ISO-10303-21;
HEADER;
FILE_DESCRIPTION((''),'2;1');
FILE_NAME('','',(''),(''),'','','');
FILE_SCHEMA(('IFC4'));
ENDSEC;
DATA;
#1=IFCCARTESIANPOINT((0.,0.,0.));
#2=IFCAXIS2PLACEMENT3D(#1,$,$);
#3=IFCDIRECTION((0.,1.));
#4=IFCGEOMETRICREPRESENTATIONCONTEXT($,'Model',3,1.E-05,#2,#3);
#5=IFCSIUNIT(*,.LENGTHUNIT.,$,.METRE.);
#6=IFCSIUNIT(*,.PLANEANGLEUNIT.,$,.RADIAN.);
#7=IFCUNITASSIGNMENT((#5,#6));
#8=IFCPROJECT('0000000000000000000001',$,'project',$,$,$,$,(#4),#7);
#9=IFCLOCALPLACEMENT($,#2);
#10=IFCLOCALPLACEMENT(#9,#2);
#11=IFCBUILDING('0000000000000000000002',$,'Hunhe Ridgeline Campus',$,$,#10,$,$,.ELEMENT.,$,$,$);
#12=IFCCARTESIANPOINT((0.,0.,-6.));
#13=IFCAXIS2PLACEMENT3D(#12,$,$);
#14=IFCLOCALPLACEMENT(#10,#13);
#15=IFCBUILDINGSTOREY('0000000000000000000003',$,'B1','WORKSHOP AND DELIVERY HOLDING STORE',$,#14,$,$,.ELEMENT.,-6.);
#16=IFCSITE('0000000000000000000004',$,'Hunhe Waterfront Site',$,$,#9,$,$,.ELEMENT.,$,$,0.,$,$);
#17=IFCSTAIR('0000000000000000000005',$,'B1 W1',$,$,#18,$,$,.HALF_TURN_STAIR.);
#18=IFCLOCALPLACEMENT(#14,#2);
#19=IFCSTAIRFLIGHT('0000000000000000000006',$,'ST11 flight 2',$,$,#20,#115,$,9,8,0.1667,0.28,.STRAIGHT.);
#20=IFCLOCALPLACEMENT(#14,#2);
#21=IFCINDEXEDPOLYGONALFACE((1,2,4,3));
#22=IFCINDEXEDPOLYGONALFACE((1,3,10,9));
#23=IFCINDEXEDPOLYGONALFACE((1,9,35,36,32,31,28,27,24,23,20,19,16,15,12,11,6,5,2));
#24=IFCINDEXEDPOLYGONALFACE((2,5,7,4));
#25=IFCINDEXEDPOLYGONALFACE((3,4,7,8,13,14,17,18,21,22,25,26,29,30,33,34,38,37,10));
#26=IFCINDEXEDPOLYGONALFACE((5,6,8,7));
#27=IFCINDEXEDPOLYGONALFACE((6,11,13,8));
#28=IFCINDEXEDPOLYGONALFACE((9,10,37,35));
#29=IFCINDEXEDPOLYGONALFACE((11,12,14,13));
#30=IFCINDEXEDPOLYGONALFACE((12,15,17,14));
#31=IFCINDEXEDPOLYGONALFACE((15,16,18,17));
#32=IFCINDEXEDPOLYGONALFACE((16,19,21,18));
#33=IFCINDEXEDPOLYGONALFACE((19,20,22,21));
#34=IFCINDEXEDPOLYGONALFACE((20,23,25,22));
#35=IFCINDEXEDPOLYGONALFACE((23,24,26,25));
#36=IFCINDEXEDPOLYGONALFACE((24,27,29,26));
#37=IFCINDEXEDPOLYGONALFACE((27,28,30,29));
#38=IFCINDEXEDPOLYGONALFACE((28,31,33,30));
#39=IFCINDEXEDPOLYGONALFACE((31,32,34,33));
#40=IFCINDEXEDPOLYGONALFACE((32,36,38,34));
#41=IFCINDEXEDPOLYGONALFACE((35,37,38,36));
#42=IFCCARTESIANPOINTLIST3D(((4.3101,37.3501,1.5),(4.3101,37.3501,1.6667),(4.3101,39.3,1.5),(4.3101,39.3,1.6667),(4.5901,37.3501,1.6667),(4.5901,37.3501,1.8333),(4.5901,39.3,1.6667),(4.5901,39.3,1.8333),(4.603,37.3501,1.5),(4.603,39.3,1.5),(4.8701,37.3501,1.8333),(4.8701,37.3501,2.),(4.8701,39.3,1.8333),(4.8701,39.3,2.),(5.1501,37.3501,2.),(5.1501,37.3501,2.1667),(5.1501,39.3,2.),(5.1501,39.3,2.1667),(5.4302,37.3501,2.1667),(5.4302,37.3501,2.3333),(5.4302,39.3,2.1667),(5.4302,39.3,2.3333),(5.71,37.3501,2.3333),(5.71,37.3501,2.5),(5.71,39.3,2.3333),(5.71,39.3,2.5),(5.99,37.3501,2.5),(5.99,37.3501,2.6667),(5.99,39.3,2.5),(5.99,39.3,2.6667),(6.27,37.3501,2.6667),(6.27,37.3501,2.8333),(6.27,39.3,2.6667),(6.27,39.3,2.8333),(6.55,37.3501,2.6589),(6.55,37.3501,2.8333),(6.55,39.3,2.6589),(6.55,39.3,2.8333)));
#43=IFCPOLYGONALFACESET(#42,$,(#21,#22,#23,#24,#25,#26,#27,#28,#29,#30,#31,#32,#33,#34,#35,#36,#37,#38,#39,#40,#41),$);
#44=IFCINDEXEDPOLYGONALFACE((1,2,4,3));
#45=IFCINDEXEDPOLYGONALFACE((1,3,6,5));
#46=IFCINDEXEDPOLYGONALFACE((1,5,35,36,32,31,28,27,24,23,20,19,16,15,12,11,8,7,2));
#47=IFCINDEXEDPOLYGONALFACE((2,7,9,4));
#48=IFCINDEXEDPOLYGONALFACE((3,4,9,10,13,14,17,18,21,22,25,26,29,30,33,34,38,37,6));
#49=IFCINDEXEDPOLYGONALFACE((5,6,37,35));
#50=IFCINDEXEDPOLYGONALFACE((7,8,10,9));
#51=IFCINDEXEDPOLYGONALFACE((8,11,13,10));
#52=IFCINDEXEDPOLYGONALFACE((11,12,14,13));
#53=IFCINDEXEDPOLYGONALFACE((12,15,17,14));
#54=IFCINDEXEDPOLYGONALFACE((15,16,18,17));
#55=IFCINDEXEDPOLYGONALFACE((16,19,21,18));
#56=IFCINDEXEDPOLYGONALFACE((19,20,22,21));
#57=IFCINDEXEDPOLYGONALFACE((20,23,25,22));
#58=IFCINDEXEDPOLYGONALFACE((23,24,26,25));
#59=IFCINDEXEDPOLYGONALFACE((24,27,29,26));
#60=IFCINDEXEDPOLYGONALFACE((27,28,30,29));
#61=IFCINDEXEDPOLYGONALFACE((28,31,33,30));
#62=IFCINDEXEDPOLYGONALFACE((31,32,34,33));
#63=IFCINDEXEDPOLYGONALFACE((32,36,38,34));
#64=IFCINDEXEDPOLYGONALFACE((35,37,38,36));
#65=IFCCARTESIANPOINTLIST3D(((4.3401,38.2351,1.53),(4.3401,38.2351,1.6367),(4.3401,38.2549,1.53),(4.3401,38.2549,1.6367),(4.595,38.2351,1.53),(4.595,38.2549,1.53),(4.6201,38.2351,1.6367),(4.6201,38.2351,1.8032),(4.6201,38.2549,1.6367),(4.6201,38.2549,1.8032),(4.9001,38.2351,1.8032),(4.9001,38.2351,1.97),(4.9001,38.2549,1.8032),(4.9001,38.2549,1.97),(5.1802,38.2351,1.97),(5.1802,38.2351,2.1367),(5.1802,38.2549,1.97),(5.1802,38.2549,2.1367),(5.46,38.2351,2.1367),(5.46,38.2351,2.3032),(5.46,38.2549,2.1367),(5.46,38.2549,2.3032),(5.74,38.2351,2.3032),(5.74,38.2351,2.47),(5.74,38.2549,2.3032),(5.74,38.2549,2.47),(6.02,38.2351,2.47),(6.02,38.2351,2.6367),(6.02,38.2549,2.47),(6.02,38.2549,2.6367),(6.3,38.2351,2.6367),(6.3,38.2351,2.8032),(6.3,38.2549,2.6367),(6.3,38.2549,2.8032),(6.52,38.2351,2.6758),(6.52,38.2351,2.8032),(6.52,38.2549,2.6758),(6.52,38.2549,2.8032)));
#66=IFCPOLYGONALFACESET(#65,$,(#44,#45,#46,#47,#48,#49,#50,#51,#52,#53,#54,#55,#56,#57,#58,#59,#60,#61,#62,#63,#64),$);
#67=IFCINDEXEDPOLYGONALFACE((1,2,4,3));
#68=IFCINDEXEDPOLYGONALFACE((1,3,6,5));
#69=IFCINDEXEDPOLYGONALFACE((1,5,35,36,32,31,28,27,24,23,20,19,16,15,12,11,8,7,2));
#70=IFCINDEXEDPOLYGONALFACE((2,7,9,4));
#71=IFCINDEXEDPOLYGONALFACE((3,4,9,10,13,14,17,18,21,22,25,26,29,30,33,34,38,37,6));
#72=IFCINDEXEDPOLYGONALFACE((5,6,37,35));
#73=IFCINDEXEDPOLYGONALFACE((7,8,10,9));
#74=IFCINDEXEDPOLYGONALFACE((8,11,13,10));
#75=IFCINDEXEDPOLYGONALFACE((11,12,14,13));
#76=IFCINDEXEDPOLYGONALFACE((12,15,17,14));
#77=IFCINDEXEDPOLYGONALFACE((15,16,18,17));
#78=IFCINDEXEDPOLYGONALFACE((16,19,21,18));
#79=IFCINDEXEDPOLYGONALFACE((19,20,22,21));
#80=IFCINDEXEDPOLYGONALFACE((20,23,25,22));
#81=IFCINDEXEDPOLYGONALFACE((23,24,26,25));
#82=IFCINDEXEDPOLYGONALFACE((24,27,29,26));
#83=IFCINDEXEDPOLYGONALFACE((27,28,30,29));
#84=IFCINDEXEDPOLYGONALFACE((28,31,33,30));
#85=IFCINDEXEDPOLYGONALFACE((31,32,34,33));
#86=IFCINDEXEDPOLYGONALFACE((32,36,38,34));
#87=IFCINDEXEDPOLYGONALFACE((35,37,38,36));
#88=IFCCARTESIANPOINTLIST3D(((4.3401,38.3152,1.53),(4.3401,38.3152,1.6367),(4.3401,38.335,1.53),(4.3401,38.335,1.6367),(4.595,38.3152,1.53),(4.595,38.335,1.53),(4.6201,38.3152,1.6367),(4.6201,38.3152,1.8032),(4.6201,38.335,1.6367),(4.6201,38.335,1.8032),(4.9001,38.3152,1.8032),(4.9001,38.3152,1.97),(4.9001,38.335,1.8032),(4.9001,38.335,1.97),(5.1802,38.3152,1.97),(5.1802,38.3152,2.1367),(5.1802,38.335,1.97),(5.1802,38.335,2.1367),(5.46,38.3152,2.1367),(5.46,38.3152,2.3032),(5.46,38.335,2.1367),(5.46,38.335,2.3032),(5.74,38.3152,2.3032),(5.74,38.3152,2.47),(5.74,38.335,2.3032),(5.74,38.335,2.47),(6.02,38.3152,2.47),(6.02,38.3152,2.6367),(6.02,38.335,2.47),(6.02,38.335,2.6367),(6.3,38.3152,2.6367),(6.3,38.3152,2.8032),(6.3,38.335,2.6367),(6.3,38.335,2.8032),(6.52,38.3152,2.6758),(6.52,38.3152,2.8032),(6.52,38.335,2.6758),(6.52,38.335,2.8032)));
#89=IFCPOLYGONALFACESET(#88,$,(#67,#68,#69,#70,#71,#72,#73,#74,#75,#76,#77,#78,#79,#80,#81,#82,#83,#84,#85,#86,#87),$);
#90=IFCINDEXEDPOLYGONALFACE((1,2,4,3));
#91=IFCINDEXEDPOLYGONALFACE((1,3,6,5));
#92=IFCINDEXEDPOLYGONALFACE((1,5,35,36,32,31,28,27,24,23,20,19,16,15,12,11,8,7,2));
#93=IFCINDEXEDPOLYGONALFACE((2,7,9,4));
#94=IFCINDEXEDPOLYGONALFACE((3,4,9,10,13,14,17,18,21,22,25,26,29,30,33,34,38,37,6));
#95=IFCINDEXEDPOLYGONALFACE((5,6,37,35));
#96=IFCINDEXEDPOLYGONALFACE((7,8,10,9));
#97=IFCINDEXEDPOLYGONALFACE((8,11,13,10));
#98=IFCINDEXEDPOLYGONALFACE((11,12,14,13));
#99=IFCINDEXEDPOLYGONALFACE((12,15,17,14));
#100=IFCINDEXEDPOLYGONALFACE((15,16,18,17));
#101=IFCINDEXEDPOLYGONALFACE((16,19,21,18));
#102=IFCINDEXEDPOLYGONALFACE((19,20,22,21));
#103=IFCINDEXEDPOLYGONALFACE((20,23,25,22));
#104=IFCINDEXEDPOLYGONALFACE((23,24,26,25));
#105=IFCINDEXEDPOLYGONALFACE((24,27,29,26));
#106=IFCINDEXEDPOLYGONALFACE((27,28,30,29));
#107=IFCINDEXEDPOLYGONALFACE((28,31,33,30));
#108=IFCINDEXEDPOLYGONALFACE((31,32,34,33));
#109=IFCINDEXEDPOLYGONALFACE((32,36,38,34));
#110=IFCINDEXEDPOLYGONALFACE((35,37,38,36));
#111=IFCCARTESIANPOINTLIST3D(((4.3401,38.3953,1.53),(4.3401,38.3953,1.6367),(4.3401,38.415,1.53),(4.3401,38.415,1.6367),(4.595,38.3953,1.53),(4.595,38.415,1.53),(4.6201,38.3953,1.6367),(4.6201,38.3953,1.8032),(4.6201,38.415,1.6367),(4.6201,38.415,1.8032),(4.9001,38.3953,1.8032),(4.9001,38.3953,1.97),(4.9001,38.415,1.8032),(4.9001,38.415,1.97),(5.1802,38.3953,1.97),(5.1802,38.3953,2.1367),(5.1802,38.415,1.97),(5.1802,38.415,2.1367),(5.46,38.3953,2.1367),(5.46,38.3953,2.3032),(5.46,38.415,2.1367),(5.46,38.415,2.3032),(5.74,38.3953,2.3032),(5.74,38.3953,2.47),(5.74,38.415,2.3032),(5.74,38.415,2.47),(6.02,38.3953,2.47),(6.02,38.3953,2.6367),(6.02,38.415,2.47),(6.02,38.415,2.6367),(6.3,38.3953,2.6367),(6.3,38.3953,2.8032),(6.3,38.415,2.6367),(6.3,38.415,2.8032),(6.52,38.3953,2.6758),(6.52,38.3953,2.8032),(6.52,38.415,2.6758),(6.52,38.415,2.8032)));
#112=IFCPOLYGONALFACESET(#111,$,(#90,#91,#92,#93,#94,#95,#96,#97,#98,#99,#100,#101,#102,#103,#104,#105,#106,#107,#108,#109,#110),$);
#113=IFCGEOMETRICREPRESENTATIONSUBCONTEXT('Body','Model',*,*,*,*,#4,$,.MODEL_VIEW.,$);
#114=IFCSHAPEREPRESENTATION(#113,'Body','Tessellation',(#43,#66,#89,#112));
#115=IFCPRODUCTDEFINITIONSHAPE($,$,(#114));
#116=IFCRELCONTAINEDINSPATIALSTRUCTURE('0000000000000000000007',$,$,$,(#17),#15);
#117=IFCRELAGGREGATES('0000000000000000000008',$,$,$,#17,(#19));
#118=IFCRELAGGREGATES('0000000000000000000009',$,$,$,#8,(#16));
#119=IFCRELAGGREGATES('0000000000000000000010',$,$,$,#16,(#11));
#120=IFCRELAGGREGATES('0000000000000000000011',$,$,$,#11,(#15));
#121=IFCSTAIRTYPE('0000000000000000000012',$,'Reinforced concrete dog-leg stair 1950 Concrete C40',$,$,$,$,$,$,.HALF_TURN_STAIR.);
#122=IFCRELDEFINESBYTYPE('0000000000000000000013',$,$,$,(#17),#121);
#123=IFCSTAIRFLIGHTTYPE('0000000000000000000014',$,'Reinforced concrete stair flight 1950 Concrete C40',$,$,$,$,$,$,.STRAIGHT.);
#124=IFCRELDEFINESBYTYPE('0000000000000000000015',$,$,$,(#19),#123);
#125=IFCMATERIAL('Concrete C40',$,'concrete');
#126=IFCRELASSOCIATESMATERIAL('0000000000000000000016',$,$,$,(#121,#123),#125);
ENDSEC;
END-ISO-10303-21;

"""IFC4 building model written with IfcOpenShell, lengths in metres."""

from ifc_helpers import new_model, si_unit, direction, frame, origin, place, context, subcontext, project, spatial, polyline, outline, extrude, material, type_object, element, aggregate, save


model = new_model("IFC4")

# Units and contexts
model_context = context("Model", 3, precision=1e-05, world=origin(), true_north=direction((0.0, 1.0)))
body_context = subcontext(model_context, "Body", "Model", "MODEL_VIEW")
ifc_project = project(units=[si_unit("LENGTHUNIT", "METRE"), si_unit("PLANEANGLEUNIT", "RADIAN")], contexts=[model_context])

# Site, building, storey
site_placement = place(None, origin())
site = spatial("IfcSite", under=ifc_project, at=site_placement, Name="Hunhe Waterfront Site", CompositionType="ELEMENT", RefElevation=0.0)
building_placement = place(site_placement, origin())
building = spatial("IfcBuilding", under=site, at=building_placement, Name="Hunhe Ridgeline Campus", CompositionType="ELEMENT")
storey_placement = place(building_placement, frame((0.0, 0.0, -6.0)))
storey = spatial("IfcBuildingStorey", under=building, at=storey_placement, Name="B1", Description="WORKSHOP AND DELIVERY HOLDING STORE", CompositionType="ELEMENT", Elevation=-6.0)

# Stair, stair flight
ifc_material_1 = material(Name="Concrete C40", Category="concrete")
stair_type = type_object("IfcStairType", Name="Reinforced concrete dog-leg stair 1950 Concrete C40", PredefinedType="HALF_TURN_STAIR", material=ifc_material_1)
stair_placement = place(storey_placement, origin())
stair = element("IfcStair", 1, at=stair_placement, inside=storey, type_object=stair_type, Name="B1 W1", PredefinedType="HALF_TURN_STAIR")
stair_flight_type = type_object("IfcStairFlightType", Name="Reinforced concrete stair flight 1950 Concrete C40", PredefinedType="STRAIGHT", material=ifc_material_1)
stair_flight_1_placement = place(storey_placement, frame((4.3101, 38.325, 1.5), z_axis=(0.0, 0.0, 1.0), x_axis=(1.0, 0.0, 0.0)))
stair_flight_1 = element("IfcStairFlight", 2, at=stair_flight_1_placement, type_object=stair_flight_type, Name="ST11 flight 2", NumberOfRisers=9, NumberOfTreads=8, PredefinedType="STRAIGHT", RiserHeight=0.1667, TreadLength=0.28, context=body_context, shape_type="SweptSolid", body=[
    extrude(outline(polyline([(0.0, 0.0), (0.0, 0.1667), (0.28, 0.1667), (0.28, 0.3333), (0.5601, 0.3333), (0.5601, 0.5), (0.8401, 0.5), (0.8401, 0.6667), (1.1201, 0.6667), (1.1201, 0.8333), (1.3999, 0.8333), (1.3999, 1.0), (1.6799, 1.0), (1.6799, 1.1667), (1.96, 1.1667), (1.96, 1.3333), (2.24, 1.3333), (2.24, 1.5), (2.24, 1.1589), (0.293, 0.0), (0.0, 0.0)])), frame((0.0, 0.9751, 0.0), z_axis=(0.0, -1.0, 0.0), x_axis=(1.0, 0.0, 0.0)), (0.0, 0.0, 1.0), 1.95),
    extrude(outline(polyline([(0.03, 0.03), (0.03, 0.1367), (0.3101, 0.1367), (0.3101, 0.3032), (0.5901, 0.3032), (0.5901, 0.47), (0.8701, 0.47), (0.8701, 0.6367), (1.1499, 0.6367), (1.1499, 0.8032), (1.4299, 0.8032), (1.4299, 0.97), (1.71, 0.97), (1.71, 1.1367), (1.99, 1.1367), (1.99, 1.3032), (2.21, 1.3032), (2.21, 1.1758), (0.2849, 0.03), (0.03, 0.03)])), frame((0.0, -0.0701, 0.0), z_axis=(0.0, -1.0, 0.0), x_axis=(1.0, 0.0, 0.0)), (0.0, 0.0, 1.0), 0.0198),
    extrude(outline(polyline([(0.03, 0.03), (0.03, 0.1367), (0.3101, 0.1367), (0.3101, 0.3032), (0.5901, 0.3032), (0.5901, 0.47), (0.8701, 0.47), (0.8701, 0.6367), (1.1499, 0.6367), (1.1499, 0.8032), (1.4299, 0.8032), (1.4299, 0.97), (1.71, 0.97), (1.71, 1.1367), (1.99, 1.1367), (1.99, 1.3032), (2.21, 1.3032), (2.21, 1.1758), (0.2849, 0.03), (0.03, 0.03)])), frame((0.0, 0.01, 0.0), z_axis=(0.0, -1.0, 0.0), x_axis=(1.0, 0.0, 0.0)), (0.0, 0.0, 1.0), 0.0198),
    extrude(outline(polyline([(0.03, 0.03), (0.03, 0.1367), (0.3101, 0.1367), (0.3101, 0.3032), (0.5901, 0.3032), (0.5901, 0.47), (0.8701, 0.47), (0.8701, 0.6367), (1.1499, 0.6367), (1.1499, 0.8032), (1.4299, 0.8032), (1.4299, 0.97), (1.71, 0.97), (1.71, 1.1367), (1.99, 1.1367), (1.99, 1.3032), (2.21, 1.3032), (2.21, 1.1758), (0.2849, 0.03), (0.03, 0.03)])), frame((0.0, 0.0901, 0.0), z_axis=(0.0, -1.0, 0.0), x_axis=(1.0, 0.0, 0.0)), (0.0, 0.0, 1.0), 0.0198),
])
aggregate(stair, [stair_flight_1])

save(model, "model.ifc")
